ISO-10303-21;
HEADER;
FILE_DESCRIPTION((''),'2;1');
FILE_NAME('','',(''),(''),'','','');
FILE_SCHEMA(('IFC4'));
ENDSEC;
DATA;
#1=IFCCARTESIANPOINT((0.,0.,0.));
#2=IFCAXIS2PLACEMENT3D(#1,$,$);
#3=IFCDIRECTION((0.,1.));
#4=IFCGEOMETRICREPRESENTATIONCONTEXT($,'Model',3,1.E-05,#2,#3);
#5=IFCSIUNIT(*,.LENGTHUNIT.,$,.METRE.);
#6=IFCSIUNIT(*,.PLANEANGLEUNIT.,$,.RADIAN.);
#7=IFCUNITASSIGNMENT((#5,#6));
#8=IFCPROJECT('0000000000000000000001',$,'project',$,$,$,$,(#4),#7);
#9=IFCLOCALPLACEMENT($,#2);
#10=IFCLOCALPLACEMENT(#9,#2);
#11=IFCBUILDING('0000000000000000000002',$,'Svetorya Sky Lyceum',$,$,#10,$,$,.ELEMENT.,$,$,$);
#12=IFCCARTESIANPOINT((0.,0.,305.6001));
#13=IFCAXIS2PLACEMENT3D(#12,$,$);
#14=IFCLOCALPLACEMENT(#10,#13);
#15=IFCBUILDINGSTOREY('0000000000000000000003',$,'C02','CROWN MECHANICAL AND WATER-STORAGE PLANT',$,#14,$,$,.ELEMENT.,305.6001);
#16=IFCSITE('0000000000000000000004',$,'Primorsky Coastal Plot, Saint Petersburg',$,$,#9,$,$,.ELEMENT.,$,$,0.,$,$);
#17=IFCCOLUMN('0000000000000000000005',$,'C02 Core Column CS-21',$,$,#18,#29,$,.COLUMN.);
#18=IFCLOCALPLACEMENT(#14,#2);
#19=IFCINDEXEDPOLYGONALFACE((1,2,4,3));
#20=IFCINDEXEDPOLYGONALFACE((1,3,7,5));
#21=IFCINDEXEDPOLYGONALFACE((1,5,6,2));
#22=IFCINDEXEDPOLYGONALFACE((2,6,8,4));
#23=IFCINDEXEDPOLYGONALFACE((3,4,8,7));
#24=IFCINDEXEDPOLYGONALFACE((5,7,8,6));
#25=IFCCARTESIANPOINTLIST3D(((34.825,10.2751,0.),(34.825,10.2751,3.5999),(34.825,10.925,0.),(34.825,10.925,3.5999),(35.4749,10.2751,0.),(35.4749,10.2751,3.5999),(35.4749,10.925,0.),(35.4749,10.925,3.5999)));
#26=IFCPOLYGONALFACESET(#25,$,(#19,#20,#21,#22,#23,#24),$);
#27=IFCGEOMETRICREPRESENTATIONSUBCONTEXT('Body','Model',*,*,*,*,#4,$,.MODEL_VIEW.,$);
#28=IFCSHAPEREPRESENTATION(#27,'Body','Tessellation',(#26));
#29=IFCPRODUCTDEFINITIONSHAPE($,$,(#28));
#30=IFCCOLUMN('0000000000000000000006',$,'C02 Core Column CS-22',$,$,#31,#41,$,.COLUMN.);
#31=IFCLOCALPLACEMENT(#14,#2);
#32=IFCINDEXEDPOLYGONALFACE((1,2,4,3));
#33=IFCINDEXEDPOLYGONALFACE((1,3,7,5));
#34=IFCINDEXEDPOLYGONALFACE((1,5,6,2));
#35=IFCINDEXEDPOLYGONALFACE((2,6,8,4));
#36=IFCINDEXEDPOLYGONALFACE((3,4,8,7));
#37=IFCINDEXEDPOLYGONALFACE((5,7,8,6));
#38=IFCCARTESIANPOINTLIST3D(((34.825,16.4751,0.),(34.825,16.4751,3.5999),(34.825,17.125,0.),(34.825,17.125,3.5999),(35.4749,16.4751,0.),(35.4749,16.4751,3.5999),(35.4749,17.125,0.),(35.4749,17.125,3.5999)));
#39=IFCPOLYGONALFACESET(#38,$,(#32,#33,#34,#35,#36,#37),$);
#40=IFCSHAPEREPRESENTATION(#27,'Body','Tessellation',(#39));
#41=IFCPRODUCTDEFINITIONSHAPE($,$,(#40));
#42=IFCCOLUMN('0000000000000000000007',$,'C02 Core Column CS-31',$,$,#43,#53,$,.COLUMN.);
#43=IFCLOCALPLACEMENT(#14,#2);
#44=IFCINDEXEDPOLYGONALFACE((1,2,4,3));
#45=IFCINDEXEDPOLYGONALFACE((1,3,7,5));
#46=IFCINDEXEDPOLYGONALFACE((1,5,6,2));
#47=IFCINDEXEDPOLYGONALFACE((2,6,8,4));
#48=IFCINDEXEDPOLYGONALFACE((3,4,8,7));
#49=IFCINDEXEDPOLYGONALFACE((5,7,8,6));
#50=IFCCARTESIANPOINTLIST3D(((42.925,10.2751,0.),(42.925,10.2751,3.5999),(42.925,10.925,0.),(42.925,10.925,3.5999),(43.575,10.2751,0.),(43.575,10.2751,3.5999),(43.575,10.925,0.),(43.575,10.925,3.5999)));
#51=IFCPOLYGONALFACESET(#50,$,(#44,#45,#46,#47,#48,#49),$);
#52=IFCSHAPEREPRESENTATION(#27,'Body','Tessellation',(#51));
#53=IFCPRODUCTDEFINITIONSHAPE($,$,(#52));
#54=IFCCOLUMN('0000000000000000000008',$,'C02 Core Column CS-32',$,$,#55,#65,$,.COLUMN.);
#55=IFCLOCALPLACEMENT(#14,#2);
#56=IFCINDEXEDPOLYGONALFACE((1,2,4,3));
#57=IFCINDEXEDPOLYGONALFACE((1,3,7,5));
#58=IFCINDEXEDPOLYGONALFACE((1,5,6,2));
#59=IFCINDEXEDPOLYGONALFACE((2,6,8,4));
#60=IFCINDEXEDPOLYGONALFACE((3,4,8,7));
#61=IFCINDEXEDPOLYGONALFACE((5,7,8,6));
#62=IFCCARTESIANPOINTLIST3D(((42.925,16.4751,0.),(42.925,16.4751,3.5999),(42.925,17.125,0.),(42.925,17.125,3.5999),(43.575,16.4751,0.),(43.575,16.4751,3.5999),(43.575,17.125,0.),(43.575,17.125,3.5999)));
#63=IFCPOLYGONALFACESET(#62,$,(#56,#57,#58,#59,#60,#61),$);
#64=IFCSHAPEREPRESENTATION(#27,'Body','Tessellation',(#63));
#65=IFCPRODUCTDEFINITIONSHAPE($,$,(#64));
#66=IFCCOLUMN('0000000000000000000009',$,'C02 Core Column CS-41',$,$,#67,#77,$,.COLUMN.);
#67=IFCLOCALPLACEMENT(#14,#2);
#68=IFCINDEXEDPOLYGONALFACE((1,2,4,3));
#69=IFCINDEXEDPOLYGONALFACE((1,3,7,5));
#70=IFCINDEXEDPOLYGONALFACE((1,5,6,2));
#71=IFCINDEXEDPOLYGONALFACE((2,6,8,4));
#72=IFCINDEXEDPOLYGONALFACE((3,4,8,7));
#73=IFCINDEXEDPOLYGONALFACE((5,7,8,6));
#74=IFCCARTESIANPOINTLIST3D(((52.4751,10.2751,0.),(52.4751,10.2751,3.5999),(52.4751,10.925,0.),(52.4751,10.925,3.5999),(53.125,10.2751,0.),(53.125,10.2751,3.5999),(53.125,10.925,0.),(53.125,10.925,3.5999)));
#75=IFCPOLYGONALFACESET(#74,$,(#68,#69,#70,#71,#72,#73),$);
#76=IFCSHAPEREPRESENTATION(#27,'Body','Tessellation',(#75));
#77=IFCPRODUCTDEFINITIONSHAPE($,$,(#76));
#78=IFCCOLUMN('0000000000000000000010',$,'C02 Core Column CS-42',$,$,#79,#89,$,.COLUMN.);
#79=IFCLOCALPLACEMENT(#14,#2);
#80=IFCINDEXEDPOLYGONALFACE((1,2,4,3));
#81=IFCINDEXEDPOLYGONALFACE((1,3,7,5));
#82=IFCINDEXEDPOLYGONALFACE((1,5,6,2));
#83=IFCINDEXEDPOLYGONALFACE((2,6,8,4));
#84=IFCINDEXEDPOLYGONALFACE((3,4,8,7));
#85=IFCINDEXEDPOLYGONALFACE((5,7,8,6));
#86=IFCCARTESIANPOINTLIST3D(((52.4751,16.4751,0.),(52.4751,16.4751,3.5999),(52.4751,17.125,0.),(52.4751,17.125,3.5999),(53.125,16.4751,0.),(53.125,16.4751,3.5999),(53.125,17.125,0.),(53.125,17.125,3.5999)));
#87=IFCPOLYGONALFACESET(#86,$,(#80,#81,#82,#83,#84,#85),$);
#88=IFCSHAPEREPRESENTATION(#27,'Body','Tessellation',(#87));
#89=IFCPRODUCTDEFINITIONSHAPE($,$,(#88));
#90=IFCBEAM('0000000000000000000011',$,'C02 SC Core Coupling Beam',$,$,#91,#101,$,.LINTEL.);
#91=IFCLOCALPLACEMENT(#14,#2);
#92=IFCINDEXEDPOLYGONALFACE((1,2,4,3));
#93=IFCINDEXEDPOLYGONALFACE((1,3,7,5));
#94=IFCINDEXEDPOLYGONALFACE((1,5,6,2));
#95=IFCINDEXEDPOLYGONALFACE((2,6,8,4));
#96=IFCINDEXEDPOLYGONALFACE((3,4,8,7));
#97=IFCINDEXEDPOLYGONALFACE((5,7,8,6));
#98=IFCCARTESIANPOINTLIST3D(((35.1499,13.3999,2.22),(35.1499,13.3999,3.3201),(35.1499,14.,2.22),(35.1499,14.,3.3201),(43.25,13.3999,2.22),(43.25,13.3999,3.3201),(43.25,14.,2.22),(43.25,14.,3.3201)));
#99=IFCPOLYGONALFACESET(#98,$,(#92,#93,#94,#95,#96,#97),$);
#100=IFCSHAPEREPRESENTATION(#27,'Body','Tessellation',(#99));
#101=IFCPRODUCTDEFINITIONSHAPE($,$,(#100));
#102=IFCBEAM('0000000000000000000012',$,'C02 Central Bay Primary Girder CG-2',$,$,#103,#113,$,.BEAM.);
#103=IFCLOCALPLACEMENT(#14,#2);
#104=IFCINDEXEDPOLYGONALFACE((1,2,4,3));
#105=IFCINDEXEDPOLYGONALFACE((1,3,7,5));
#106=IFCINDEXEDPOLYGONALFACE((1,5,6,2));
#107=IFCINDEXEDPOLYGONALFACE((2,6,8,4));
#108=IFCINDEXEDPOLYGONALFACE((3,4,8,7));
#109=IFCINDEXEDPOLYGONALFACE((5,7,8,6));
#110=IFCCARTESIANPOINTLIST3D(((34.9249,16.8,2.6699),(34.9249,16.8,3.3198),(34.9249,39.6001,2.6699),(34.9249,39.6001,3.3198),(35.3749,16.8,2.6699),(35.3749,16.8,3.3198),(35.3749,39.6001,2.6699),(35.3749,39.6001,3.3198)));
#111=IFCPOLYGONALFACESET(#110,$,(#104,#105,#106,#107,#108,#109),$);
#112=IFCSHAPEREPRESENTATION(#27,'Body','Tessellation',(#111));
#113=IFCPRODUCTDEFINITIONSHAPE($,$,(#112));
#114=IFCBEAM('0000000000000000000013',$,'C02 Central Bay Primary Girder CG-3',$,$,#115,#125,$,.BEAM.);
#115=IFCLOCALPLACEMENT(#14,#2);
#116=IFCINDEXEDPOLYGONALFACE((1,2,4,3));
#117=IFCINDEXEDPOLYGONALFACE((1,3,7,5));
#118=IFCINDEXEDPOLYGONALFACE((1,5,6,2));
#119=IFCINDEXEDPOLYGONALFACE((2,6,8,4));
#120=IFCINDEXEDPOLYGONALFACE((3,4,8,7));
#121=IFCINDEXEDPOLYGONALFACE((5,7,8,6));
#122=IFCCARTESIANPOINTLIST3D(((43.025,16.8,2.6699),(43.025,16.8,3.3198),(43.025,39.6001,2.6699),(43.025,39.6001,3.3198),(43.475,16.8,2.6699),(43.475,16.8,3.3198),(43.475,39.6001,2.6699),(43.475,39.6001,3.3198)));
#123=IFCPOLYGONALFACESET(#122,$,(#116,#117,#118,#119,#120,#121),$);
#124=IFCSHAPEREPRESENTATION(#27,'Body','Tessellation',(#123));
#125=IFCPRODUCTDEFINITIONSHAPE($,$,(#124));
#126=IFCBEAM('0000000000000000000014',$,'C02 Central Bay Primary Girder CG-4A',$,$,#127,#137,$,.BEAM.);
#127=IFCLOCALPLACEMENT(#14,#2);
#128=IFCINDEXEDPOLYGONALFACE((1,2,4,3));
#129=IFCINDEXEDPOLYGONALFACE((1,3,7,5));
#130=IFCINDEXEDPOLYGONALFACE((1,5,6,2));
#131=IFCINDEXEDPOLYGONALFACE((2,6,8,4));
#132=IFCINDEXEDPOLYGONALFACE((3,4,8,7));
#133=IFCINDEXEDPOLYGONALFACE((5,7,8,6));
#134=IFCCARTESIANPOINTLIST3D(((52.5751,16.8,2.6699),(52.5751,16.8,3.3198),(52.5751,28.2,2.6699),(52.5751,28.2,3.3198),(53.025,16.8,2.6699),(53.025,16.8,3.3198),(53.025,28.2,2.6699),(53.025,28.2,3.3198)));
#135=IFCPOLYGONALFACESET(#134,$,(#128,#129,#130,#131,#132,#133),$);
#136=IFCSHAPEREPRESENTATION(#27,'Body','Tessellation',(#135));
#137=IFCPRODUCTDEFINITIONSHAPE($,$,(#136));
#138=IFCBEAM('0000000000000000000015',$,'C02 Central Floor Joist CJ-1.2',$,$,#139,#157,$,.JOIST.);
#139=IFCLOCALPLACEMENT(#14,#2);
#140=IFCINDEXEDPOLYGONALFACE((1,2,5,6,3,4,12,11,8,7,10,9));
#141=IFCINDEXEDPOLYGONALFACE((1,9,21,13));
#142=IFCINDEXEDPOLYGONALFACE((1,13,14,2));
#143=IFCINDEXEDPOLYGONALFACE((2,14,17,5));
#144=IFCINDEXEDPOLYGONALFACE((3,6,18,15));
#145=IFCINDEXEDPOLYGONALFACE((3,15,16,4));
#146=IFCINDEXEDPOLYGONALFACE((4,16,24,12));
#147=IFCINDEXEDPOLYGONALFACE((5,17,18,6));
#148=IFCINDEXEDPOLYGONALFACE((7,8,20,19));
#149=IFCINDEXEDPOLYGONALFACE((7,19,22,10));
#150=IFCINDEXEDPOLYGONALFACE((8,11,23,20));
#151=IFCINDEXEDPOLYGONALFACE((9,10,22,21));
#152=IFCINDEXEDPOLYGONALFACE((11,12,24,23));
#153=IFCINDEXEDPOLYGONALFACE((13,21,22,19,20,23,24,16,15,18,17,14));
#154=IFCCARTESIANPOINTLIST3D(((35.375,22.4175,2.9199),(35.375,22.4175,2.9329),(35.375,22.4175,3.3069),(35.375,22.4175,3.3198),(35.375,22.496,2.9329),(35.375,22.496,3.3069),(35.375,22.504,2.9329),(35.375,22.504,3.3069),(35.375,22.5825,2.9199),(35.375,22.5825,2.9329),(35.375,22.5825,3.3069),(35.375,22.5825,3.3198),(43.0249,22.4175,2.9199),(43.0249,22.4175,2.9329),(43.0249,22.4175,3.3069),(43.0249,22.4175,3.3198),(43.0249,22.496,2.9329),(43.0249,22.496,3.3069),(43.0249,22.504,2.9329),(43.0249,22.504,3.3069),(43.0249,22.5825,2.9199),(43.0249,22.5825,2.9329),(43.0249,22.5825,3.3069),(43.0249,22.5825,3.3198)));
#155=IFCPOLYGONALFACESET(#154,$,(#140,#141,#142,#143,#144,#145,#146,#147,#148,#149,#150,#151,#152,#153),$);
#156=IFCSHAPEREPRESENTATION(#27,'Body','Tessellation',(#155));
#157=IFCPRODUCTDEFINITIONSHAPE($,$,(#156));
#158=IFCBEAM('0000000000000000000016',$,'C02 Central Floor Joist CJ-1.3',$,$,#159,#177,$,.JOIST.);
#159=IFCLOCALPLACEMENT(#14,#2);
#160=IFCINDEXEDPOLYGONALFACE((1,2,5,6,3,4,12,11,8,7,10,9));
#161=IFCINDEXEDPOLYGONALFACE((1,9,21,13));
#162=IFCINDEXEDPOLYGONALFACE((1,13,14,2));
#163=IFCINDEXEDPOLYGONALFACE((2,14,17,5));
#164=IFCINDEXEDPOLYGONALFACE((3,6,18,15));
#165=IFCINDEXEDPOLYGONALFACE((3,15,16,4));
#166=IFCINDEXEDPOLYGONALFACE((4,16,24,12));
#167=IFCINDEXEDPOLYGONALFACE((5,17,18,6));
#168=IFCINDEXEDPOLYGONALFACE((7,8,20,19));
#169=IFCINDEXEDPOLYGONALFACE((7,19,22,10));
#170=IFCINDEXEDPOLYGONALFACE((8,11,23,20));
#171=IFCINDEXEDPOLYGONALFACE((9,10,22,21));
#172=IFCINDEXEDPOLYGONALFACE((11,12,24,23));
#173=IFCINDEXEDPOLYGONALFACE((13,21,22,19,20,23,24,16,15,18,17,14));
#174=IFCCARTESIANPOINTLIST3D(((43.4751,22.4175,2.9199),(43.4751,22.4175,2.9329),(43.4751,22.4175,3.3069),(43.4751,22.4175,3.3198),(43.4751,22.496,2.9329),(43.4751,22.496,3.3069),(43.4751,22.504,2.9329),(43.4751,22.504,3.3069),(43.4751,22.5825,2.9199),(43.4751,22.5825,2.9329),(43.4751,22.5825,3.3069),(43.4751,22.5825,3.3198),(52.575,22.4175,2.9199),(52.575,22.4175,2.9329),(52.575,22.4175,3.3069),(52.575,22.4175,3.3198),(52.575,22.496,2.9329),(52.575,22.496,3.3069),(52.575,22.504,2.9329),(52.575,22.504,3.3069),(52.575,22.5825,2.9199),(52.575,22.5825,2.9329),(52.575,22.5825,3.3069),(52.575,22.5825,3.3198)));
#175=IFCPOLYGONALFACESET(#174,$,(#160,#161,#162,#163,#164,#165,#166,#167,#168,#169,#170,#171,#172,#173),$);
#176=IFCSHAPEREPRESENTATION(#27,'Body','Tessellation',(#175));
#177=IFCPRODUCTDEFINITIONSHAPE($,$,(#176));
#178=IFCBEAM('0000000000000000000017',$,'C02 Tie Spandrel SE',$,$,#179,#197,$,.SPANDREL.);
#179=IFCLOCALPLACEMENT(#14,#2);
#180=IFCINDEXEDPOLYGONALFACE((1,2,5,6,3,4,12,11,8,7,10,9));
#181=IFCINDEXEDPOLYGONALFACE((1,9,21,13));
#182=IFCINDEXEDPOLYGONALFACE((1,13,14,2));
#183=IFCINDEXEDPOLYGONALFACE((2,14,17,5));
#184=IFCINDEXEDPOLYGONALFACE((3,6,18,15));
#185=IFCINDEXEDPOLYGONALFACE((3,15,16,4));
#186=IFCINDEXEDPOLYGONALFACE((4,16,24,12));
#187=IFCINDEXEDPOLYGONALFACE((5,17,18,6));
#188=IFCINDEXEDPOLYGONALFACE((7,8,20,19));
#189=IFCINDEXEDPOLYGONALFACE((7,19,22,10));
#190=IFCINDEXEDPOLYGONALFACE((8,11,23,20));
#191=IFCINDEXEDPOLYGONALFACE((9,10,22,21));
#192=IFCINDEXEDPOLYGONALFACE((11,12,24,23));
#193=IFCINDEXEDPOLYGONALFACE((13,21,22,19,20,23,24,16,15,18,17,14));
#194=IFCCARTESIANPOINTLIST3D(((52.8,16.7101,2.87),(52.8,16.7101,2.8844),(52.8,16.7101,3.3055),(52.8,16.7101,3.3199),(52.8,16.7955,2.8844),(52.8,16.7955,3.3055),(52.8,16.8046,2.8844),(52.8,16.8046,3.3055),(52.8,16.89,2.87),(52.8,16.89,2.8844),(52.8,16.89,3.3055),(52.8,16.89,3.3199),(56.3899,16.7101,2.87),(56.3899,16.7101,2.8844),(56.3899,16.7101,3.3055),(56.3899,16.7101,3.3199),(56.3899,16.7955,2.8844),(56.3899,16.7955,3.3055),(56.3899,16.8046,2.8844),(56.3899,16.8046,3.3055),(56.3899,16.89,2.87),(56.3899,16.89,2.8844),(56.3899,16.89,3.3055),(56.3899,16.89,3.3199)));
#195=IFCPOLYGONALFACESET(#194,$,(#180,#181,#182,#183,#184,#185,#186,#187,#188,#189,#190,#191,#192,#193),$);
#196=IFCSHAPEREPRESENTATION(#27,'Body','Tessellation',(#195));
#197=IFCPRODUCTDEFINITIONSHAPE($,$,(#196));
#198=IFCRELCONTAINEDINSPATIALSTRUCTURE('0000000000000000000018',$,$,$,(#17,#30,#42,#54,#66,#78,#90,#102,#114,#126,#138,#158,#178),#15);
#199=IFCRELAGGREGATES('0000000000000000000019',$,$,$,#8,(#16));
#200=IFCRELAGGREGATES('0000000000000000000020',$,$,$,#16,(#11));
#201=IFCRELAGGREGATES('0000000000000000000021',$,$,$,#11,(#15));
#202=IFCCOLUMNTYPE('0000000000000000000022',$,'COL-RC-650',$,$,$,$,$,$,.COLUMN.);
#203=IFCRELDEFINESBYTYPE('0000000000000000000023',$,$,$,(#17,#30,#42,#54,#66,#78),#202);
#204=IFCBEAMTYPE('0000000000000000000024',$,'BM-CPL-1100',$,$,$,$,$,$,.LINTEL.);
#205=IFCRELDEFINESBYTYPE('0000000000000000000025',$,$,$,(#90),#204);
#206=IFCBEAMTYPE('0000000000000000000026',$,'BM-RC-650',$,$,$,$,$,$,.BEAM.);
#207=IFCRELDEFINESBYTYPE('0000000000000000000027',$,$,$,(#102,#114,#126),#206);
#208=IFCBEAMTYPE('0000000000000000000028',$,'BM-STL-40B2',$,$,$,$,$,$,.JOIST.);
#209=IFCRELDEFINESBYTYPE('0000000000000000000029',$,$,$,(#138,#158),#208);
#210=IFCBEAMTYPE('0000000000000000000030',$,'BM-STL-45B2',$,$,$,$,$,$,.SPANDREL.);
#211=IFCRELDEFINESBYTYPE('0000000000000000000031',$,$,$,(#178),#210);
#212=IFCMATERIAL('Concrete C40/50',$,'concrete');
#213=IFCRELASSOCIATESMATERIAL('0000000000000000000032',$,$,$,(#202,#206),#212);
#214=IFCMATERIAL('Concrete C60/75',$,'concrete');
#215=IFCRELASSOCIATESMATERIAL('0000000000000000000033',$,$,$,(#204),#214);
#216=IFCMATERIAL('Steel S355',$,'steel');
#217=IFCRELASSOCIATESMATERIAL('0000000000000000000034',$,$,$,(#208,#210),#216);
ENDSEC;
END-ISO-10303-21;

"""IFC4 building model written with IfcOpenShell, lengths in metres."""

from ifc_helpers import new_model, si_unit, direction, frame, origin, origin_2d, place, context, subcontext, project, spatial, rectangle, i_section, extrude, material, material_profile, profile_set, type_object, element, save


model = new_model("IFC4")

# Units and contexts
model_context = context("Model", 3, precision=1e-05, world=origin(), true_north=direction((0.0, 1.0)))
body_context = subcontext(model_context, "Body", "Model", "MODEL_VIEW")
ifc_project = project(units=[si_unit("LENGTHUNIT", "METRE"), si_unit("PLANEANGLEUNIT", "RADIAN")], contexts=[model_context])

# Site, building, storey
site_placement = place(None, origin())
site = spatial("IfcSite", under=ifc_project, at=site_placement, Name="Primorsky Coastal Plot, Saint Petersburg", CompositionType="ELEMENT", RefElevation=0.0)
building_placement = place(site_placement, origin())
building = spatial("IfcBuilding", under=site, at=building_placement, Name="Svetorya Sky Lyceum", CompositionType="ELEMENT")
storey_placement = place(building_placement, frame((0.0, 0.0, 305.6001)))
storey = spatial("IfcBuildingStorey", under=building, at=storey_placement, Name="C02", Description="CROWN MECHANICAL AND WATER-STORAGE PLANT", CompositionType="ELEMENT", Elevation=305.6001)

# Columns
ifc_material_1 = material(Name="Concrete C40/50", Category="concrete")
ifc_material_profile_1 = material_profile(ifc_material_1, rectangle(XDim=0.6499, YDim=0.6499, at=origin_2d()), Name="RC COL 650x650")
ifc_profile_set_1 = profile_set([ifc_material_profile_1], Name="Concrete C40/50")
column_type = type_object("IfcColumnType", Name="COL-RC-650", PredefinedType="COLUMN", material=ifc_profile_set_1)
for number, where, z_axis, x_axis, name in (
    (1, (35.1499, 10.6001, 0.0), (0.0, 0.0, 1.0), (1.0, 0.0, 0.0), "C02 Core Column CS-21"),
    (2, (35.1499, 16.8, 0.0), (0.0, 0.0, 1.0), (1.0, 0.0, 0.0), "C02 Core Column CS-22"),
    (3, (43.25, 10.6001, 0.0), (0.0, 0.0, 1.0), (1.0, 0.0, 0.0), "C02 Core Column CS-31"),
    (4, (43.25, 16.8, 0.0), (0.0, 0.0, 1.0), (1.0, 0.0, 0.0), "C02 Core Column CS-32"),
    (5, (52.8, 10.6001, 0.0), (0.0, 0.0, 1.0), (1.0, 0.0, 0.0), "C02 Core Column CS-41"),
    (6, (52.8, 16.8, 0.0), (0.0, 0.0, 1.0), (1.0, 0.0, 0.0), "C02 Core Column CS-42"),
):
    element("IfcColumn", number, at=place(storey_placement, frame(where, z_axis=z_axis, x_axis=x_axis)), inside=storey, type_object=column_type, Name=name, PredefinedType="COLUMN", context=body_context, shape_type="SweptSolid", body=[
        extrude(rectangle(XDim=0.6499, YDim=0.6499, at=origin_2d()), origin(), (0.0, 0.0, 1.0), 3.5999),
    ])

# Beams
ifc_material_2 = material(Name="Concrete C60/75", Category="concrete")
ifc_material_profile_2 = material_profile(ifc_material_2, rectangle(XDim=0.6001, YDim=1.1001, at=origin_2d()), Name="RC COUPLING 600x1100")
ifc_profile_set_2 = profile_set([ifc_material_profile_2], Name="Concrete C60/75")
beam_type_1 = type_object("IfcBeamType", Name="BM-CPL-1100", PredefinedType="LINTEL", material=ifc_profile_set_2)
beam_1_placement = place(storey_placement, frame((35.1499, 13.7, 2.77), z_axis=(1.0, 0.0, 0.0), x_axis=(0.0, 1.0, 0.0)))
element("IfcBeam", 7, at=beam_1_placement, inside=storey, type_object=beam_type_1, Name="C02 SC Core Coupling Beam", PredefinedType="LINTEL", context=body_context, shape_type="SweptSolid", body=[
    extrude(rectangle(XDim=0.6001, YDim=1.1001, at=origin_2d()), origin(), (0.0, 0.0, 1.0), 8.1001),
])
ifc_material_profile_3 = material_profile(ifc_material_1, rectangle(XDim=0.45, YDim=0.6499, at=origin_2d()), Name="RC BEAM 450x650")
ifc_profile_set_3 = profile_set([ifc_material_profile_3], Name="Concrete C40/50")
beam_type_2 = type_object("IfcBeamType", Name="BM-RC-650", PredefinedType="BEAM", material=ifc_profile_set_3)
for number, where, z_axis, x_axis, name in (
    (8, (35.1499, 16.8, 2.9949), (0.0, 1.0, 0.0), (-1.0, 0.0, 0.0), "C02 Central Bay Primary Girder CG-2"),
    (9, (43.25, 16.8, 2.9949), (0.0, 1.0, 0.0), (-1.0, 0.0, 0.0), "C02 Central Bay Primary Girder CG-3"),
):
    element("IfcBeam", number, at=place(storey_placement, frame(where, z_axis=z_axis, x_axis=x_axis)), inside=storey, type_object=beam_type_2, Name=name, PredefinedType="BEAM", context=body_context, shape_type="SweptSolid", body=[
        extrude(rectangle(XDim=0.45, YDim=0.6499, at=origin_2d()), origin(), (0.0, 0.0, 1.0), 22.8),
    ])
beam_2_placement = place(storey_placement, frame((52.8, 16.8, 2.9949), z_axis=(0.0, 1.0, 0.0), x_axis=(-1.0, 0.0, 0.0)))
element("IfcBeam", 10, at=beam_2_placement, inside=storey, type_object=beam_type_2, Name="C02 Central Bay Primary Girder CG-4A", PredefinedType="BEAM", context=body_context, shape_type="SweptSolid", body=[
    extrude(rectangle(XDim=0.45, YDim=0.6499, at=origin_2d()), origin(), (0.0, 0.0, 1.0), 11.3999),
])
ifc_material_3 = material(Name="Steel S355", Category="steel")
ifc_material_profile_4 = material_profile(ifc_material_3, i_section(OverallWidth=0.165, OverallDepth=0.3999, WebThickness=0.0081, FlangeThickness=0.0129, at=origin_2d()), Name="GOST 40B2")
ifc_profile_set_4 = profile_set([ifc_material_profile_4], Name="Steel S355")
beam_type_3 = type_object("IfcBeamType", Name="BM-STL-40B2", PredefinedType="JOIST", material=ifc_profile_set_4)
beam_3_placement = place(storey_placement, frame((35.375, 22.5, 3.1199), z_axis=(1.0, 0.0, 0.0), x_axis=(0.0, 1.0, 0.0)))
element("IfcBeam", 11, at=beam_3_placement, inside=storey, type_object=beam_type_3, Name="C02 Central Floor Joist CJ-1.2", PredefinedType="JOIST", context=body_context, shape_type="SweptSolid", body=[
    extrude(i_section(OverallWidth=0.165, OverallDepth=0.3999, WebThickness=0.0081, FlangeThickness=0.0129, at=origin_2d()), origin(), (0.0, 0.0, 1.0), 7.6499),
])
beam_4_placement = place(storey_placement, frame((43.4751, 22.5, 3.1199), z_axis=(1.0, 0.0, 0.0), x_axis=(0.0, 1.0, 0.0)))
element("IfcBeam", 12, at=beam_4_placement, inside=storey, type_object=beam_type_3, Name="C02 Central Floor Joist CJ-1.3", PredefinedType="JOIST", context=body_context, shape_type="SweptSolid", body=[
    extrude(i_section(OverallWidth=0.165, OverallDepth=0.3999, WebThickness=0.0081, FlangeThickness=0.0129, at=origin_2d()), origin(), (0.0, 0.0, 1.0), 9.0999),
])
ifc_material_profile_5 = material_profile(ifc_material_3, i_section(OverallWidth=0.1799, OverallDepth=0.45, WebThickness=0.009, FlangeThickness=0.0144, at=origin_2d()), Name="GOST 45B2")
ifc_profile_set_5 = profile_set([ifc_material_profile_5], Name="Steel S355")
beam_type_4 = type_object("IfcBeamType", Name="BM-STL-45B2", PredefinedType="SPANDREL", material=ifc_profile_set_5)
beam_5_placement = place(storey_placement, frame((52.8, 16.8, 3.095), z_axis=(1.0, 0.0, 0.0), x_axis=(0.0, 1.0, 0.0)))
element("IfcBeam", 13, at=beam_5_placement, inside=storey, type_object=beam_type_4, Name="C02 Tie Spandrel SE", PredefinedType="SPANDREL", context=body_context, shape_type="SweptSolid", body=[
    extrude(i_section(OverallWidth=0.1799, OverallDepth=0.45, WebThickness=0.009, FlangeThickness=0.0144, at=origin_2d()), origin(), (0.0, 0.0, 1.0), 3.5898),
])

save(model, "model.ifc")
